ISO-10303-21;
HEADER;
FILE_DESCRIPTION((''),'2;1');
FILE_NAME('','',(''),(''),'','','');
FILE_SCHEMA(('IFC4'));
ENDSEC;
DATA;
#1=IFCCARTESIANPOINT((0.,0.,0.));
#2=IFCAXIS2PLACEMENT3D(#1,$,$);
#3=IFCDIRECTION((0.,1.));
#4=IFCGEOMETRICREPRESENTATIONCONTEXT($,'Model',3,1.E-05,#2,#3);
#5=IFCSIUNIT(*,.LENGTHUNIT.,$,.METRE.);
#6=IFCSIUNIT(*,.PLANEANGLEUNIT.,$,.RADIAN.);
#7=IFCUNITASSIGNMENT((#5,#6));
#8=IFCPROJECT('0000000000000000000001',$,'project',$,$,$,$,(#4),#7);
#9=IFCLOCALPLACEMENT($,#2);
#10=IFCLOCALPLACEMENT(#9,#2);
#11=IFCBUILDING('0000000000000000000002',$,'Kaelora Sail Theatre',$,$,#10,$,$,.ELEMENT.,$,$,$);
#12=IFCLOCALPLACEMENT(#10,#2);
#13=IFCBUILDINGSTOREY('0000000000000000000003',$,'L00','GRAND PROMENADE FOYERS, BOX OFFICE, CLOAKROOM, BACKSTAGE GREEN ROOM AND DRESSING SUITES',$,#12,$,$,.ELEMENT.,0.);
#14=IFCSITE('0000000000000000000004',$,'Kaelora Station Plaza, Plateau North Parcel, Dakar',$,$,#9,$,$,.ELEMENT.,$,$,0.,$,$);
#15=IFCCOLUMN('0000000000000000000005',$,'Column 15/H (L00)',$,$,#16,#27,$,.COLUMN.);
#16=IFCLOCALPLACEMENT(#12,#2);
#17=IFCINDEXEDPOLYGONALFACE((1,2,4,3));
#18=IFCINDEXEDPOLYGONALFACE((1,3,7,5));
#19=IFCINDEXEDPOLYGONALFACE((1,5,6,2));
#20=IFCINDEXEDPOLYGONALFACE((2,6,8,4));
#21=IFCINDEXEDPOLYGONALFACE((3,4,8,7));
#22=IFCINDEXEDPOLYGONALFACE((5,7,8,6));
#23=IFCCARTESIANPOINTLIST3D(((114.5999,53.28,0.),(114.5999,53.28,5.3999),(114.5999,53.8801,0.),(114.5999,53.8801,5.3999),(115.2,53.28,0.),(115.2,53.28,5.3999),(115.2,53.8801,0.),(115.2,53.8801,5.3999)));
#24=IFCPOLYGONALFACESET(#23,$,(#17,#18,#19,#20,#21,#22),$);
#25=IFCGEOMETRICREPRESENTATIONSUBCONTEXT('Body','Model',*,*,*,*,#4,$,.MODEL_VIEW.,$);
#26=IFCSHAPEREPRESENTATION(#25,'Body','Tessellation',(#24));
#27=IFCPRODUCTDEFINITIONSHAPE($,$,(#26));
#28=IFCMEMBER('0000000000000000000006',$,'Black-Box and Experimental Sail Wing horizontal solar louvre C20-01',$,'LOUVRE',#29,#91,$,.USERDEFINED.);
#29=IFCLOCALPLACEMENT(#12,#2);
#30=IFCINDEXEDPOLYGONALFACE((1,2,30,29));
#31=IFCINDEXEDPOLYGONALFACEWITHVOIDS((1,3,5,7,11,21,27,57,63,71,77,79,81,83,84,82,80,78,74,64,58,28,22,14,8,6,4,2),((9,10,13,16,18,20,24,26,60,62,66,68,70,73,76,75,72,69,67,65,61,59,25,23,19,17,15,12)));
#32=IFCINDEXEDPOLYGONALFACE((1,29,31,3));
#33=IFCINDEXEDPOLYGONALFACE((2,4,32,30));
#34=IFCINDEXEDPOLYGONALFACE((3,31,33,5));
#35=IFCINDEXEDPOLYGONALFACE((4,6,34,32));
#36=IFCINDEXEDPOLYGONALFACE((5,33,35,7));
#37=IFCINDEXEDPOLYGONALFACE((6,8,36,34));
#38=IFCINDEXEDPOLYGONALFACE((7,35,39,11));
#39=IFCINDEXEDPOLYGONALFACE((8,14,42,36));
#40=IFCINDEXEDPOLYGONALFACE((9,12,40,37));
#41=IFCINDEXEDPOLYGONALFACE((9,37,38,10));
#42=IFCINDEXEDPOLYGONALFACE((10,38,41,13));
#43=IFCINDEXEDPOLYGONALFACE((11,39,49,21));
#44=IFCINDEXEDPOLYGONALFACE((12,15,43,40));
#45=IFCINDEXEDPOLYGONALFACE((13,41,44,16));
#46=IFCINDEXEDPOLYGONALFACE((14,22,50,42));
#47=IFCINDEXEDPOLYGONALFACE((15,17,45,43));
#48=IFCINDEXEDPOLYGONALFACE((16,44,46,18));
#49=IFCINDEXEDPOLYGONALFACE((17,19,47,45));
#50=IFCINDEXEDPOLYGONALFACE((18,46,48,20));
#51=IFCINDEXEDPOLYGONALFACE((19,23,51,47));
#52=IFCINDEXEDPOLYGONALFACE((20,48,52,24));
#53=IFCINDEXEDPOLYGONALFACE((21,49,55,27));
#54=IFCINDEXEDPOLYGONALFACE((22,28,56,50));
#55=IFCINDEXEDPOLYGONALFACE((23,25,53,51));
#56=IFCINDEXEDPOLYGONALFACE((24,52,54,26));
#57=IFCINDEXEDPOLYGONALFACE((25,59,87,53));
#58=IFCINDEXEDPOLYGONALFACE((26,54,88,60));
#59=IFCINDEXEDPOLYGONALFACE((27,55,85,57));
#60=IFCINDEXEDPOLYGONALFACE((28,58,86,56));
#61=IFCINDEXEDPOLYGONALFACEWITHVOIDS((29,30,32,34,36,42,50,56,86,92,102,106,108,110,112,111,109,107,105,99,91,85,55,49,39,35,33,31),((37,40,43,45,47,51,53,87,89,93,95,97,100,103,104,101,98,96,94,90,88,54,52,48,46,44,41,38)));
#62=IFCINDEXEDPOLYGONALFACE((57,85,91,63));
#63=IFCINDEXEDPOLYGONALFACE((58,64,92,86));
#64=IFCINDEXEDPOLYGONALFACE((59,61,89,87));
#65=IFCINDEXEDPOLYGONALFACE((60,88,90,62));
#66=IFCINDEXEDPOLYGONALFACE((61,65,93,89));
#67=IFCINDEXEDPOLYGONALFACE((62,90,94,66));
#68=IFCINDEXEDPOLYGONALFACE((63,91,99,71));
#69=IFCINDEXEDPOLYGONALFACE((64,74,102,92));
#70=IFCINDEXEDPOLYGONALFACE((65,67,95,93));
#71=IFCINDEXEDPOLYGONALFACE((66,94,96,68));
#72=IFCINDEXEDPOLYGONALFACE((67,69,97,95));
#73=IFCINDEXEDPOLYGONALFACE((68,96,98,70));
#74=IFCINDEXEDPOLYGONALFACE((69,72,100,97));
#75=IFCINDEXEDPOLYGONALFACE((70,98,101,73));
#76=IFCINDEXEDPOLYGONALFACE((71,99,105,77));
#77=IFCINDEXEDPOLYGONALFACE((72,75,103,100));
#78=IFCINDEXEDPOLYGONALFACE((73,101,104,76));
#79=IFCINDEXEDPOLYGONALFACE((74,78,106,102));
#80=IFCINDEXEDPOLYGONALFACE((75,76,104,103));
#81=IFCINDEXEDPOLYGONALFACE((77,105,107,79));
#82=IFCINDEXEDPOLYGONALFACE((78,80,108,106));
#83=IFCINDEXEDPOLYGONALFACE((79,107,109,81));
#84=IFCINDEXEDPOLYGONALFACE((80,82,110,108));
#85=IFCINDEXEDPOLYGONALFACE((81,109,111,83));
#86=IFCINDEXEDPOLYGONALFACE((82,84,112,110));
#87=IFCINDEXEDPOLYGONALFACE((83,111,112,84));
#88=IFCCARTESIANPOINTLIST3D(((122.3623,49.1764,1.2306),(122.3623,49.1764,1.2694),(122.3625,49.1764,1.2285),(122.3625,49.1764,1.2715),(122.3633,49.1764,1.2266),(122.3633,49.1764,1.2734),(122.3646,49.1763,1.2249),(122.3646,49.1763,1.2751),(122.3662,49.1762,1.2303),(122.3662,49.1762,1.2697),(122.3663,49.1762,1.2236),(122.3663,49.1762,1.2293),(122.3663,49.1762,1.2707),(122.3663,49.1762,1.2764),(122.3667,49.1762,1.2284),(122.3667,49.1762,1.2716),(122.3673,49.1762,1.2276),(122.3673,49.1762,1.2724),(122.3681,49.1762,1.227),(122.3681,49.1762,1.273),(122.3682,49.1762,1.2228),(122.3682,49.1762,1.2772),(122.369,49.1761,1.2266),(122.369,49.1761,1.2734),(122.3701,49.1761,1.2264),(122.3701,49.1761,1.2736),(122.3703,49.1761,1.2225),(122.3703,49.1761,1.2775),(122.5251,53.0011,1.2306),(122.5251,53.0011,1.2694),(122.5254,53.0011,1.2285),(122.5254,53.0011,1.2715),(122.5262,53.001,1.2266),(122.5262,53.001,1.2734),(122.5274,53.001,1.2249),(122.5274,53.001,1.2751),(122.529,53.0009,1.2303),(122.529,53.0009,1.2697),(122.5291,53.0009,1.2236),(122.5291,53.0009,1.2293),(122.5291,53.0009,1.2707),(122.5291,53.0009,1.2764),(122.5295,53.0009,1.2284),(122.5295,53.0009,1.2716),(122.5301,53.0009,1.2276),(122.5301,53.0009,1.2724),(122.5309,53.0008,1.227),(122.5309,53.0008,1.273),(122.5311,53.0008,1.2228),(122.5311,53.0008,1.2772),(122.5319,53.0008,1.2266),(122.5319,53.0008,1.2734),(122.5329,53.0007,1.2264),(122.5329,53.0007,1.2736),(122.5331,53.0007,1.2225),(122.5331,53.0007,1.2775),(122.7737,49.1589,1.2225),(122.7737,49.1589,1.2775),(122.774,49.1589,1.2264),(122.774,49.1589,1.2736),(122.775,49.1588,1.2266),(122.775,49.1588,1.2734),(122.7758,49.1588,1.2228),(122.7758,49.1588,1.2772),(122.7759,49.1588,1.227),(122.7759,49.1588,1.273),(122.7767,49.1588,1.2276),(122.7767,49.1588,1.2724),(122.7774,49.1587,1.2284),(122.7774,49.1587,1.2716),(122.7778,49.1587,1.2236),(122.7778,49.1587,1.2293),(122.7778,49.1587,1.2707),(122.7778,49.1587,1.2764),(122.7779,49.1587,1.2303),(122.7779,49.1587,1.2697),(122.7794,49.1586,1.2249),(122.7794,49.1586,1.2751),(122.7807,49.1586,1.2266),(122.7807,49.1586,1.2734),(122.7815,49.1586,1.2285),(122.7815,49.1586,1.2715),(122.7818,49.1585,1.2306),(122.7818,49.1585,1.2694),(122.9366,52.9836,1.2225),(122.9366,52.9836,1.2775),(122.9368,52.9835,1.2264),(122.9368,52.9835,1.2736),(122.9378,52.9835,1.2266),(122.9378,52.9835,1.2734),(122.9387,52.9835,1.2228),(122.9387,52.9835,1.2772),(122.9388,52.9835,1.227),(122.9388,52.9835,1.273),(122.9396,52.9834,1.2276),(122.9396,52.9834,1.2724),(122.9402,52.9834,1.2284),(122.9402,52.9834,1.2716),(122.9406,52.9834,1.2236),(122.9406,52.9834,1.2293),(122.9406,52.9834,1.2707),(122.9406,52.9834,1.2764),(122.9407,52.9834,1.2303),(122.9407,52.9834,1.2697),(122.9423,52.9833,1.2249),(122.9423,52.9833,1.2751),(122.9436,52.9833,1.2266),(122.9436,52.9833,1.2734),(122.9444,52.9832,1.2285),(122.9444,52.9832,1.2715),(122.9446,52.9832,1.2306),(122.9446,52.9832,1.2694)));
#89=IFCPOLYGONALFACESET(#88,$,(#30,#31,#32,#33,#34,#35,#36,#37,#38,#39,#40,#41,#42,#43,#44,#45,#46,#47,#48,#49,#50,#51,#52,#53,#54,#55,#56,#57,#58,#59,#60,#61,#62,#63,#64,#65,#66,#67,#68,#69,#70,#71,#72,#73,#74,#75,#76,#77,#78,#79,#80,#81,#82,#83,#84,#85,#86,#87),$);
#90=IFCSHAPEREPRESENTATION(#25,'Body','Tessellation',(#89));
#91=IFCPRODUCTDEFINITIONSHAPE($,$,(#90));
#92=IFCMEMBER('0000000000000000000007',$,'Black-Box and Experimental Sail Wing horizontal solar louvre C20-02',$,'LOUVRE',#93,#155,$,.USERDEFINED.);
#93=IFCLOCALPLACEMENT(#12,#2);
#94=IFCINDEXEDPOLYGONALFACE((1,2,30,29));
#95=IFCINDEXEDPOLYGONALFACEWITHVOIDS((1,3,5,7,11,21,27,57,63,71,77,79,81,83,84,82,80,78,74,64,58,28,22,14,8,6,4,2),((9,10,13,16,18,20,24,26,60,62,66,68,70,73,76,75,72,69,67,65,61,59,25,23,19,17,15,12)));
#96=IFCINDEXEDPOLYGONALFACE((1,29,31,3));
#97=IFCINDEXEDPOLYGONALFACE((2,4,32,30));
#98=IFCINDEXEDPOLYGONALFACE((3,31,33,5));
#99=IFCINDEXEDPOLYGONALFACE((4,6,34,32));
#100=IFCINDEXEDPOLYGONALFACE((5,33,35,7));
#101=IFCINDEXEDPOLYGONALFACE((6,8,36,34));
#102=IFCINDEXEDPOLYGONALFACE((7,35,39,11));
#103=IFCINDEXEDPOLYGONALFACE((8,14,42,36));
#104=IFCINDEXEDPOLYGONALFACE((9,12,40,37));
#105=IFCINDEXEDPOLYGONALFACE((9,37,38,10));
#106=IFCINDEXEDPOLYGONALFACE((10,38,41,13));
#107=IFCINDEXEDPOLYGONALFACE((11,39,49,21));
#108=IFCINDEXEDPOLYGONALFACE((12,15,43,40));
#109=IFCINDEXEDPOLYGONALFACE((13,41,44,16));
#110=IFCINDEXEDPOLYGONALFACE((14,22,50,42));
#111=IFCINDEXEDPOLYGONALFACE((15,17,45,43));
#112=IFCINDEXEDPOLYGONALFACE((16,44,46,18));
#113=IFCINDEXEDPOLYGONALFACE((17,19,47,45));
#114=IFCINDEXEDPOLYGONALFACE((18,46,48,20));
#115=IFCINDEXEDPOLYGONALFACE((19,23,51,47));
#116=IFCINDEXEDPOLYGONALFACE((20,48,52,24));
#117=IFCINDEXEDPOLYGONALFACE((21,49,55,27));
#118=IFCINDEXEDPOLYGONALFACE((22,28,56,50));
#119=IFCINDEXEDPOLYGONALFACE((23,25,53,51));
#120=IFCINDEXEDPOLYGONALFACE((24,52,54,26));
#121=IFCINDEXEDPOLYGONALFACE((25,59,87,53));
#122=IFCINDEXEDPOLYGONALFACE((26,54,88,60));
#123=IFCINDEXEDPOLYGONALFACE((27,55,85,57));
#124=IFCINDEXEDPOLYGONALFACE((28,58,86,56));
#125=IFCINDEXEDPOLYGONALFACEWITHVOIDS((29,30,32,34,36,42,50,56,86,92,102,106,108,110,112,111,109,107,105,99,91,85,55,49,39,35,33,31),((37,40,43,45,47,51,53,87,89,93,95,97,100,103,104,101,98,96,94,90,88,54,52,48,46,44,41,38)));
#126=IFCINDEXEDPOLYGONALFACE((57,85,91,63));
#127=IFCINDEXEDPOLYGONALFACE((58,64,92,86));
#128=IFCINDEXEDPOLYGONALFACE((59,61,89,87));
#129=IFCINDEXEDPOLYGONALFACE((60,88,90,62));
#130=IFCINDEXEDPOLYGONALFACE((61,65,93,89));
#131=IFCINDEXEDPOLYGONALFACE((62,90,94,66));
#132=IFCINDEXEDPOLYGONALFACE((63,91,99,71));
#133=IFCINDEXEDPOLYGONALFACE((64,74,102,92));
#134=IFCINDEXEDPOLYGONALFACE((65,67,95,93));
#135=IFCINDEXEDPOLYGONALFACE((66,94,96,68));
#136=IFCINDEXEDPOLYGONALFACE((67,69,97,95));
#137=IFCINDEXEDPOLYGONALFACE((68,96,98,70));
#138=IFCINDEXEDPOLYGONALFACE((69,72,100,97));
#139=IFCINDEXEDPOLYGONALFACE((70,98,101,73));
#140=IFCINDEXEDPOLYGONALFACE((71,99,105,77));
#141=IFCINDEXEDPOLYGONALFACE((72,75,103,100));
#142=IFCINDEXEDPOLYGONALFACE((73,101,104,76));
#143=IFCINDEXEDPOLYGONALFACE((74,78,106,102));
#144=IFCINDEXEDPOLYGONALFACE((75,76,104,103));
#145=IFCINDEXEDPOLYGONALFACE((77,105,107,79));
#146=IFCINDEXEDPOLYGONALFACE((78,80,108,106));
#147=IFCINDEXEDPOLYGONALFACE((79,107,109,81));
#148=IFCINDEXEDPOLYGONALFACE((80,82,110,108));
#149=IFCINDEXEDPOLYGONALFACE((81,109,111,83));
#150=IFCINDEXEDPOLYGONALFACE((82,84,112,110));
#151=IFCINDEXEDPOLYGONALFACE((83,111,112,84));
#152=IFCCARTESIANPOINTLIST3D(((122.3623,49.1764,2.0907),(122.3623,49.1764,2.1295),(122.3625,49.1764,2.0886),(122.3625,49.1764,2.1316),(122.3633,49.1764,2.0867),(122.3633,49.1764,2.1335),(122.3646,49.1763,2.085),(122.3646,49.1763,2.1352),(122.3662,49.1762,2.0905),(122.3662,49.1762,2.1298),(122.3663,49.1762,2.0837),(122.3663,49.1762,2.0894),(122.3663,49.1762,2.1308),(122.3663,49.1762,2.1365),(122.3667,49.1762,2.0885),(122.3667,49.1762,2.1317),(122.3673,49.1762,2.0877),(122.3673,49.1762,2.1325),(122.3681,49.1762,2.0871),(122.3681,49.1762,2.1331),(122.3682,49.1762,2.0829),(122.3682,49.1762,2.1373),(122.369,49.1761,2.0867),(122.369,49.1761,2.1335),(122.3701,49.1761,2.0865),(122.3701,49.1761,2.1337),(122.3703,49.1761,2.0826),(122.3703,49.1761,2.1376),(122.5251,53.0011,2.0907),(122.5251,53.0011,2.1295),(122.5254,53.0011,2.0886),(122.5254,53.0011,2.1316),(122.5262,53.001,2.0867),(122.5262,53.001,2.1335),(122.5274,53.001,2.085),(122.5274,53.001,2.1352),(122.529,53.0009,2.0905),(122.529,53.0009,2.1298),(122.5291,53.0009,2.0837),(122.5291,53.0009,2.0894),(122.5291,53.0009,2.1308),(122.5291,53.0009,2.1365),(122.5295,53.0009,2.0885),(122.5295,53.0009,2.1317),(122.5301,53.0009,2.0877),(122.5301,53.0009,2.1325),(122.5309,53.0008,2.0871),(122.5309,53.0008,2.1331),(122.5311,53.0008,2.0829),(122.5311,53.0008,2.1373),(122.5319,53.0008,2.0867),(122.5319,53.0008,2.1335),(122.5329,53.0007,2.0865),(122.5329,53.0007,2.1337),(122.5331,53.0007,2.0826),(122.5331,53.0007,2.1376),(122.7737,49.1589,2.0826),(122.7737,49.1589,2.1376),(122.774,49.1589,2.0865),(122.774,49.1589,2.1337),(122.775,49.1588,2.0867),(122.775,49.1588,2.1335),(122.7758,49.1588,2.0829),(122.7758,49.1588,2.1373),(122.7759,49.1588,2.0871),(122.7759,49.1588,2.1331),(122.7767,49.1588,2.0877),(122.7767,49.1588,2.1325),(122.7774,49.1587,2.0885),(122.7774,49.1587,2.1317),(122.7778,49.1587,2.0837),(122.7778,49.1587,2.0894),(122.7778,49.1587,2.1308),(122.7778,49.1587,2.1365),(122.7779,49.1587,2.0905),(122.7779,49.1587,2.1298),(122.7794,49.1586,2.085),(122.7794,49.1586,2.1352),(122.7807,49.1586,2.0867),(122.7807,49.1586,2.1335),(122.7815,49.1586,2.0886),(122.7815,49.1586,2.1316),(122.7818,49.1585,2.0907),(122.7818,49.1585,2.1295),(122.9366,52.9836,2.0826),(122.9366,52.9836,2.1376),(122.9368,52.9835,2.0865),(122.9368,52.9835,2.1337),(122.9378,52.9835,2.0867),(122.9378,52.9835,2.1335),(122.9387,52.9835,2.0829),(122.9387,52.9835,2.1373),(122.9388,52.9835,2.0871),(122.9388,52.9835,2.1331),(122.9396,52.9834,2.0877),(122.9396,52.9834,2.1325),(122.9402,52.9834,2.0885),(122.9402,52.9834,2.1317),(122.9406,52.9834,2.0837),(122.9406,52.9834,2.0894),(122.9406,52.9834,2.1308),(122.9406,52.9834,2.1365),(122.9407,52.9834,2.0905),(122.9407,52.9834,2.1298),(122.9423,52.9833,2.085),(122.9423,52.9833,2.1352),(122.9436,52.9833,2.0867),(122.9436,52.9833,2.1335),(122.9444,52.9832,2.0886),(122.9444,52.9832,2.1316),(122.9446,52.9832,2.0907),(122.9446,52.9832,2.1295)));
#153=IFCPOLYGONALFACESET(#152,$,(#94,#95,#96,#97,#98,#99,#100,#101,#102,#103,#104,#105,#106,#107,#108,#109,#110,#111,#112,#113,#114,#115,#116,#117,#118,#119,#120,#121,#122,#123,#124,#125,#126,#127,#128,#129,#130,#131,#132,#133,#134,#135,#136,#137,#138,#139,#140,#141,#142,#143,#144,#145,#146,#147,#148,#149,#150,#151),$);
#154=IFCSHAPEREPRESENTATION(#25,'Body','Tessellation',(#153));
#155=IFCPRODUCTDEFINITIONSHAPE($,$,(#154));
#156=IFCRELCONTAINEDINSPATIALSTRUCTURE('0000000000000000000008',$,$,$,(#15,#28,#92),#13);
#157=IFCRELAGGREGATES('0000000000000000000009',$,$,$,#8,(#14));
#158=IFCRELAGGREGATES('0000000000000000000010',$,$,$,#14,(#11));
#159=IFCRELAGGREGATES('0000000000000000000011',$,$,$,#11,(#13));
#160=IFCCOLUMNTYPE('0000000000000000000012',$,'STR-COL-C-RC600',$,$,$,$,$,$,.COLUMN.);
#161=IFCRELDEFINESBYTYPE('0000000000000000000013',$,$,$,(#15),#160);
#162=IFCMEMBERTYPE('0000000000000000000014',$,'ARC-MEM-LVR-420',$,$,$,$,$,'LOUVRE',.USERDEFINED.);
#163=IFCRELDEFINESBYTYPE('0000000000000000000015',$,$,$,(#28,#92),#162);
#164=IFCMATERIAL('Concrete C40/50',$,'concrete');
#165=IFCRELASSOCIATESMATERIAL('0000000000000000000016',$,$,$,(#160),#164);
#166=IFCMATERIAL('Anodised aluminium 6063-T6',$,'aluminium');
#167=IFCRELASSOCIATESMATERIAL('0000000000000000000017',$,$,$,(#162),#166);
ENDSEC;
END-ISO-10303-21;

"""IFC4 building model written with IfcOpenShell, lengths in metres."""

from ifc_helpers import new_model, si_unit, direction, frame, origin, origin_2d, place, context, subcontext, project, spatial, rectangle, hollow_rectangle, extrude, material, material_profile, profile_set, type_object, element, save


model = new_model("IFC4")

# Units and contexts
model_context = context("Model", 3, precision=1e-05, world=origin(), true_north=direction((0.0, 1.0)))
body_context = subcontext(model_context, "Body", "Model", "MODEL_VIEW")
ifc_project = project(units=[si_unit("LENGTHUNIT", "METRE"), si_unit("PLANEANGLEUNIT", "RADIAN")], contexts=[model_context])

# Site, building, storey
site_placement = place(None, origin())
site = spatial("IfcSite", under=ifc_project, at=site_placement, Name="Kaelora Station Plaza, Plateau North Parcel, Dakar", CompositionType="ELEMENT", RefElevation=0.0)
building_placement = place(site_placement, origin())
building = spatial("IfcBuilding", under=site, at=building_placement, Name="Kaelora Sail Theatre", CompositionType="ELEMENT")
storey_placement = place(building_placement, origin())
storey = spatial("IfcBuildingStorey", under=building, at=storey_placement, Name="L00", Description="GRAND PROMENADE FOYERS, BOX OFFICE, CLOAKROOM, BACKSTAGE GREEN ROOM AND DRESSING SUITES", CompositionType="ELEMENT", Elevation=0.0)

# Column
ifc_material_1 = material(Name="Concrete C40/50", Category="concrete")
ifc_material_profile_1 = material_profile(ifc_material_1, rectangle(XDim=0.6001, YDim=0.6001, at=origin_2d()), Name="RC-COL 600x600")
ifc_profile_set_1 = profile_set([ifc_material_profile_1], Name="Concrete C40/50")
column_type = type_object("IfcColumnType", Name="STR-COL-C-RC600", PredefinedType="COLUMN", material=ifc_profile_set_1)
column_placement = place(storey_placement, frame((114.8999, 53.5801, 0.0), z_axis=(0.0, 0.0, 1.0), x_axis=(1.0, 0.0, 0.0)))
element("IfcColumn", 1, at=column_placement, inside=storey, type_object=column_type, Name="Column 15/H (L00)", PredefinedType="COLUMN", context=body_context, shape_type="SweptSolid", body=[
    extrude(rectangle(XDim=0.6001, YDim=0.6001, at=origin_2d()), origin(), (0.0, 0.0, 1.0), 5.3999),
])

# Members
ifc_material_2 = material(Name="Anodised aluminium 6063-T6", Category="aluminium")
ifc_material_profile_2 = material_profile(ifc_material_2, hollow_rectangle(XDim=0.4199, YDim=0.0549, WallThickness=0.0039, InnerFilletRadius=0.0039, OuterFilletRadius=0.0081, at=origin_2d()), Name="LOUVRE 420x55x4")
ifc_profile_set_2 = profile_set([ifc_material_profile_2], Name="Anodised aluminium 6063-T6")
member_type_1 = type_object("IfcMemberType", Name="ARC-MEM-LVR-420", ElementType="LOUVRE", PredefinedType="USERDEFINED", material=ifc_profile_set_2)
for number, where, z_axis, x_axis, name in (
    (2, (122.572, 49.1675, 1.25), (0.042538, 0.999095, 0.0), (-0.999095, 0.042538, 0.0), "Black-Box and Experimental Sail Wing horizontal solar louvre C20-01"),
    (3, (122.572, 49.1675, 2.1101), (0.042538, 0.999095, 0.0), (-0.999095, 0.042538, 0.0), "Black-Box and Experimental Sail Wing horizontal solar louvre C20-02"),
):
    element("IfcMember", number, at=place(storey_placement, frame(where, z_axis=z_axis, x_axis=x_axis)), inside=storey, type_object=member_type_1, Name=name, ObjectType="LOUVRE", PredefinedType="USERDEFINED", context=body_context, shape_type="SweptSolid", body=[
        extrude(hollow_rectangle(XDim=0.4199, YDim=0.0549, WallThickness=0.0039, InnerFilletRadius=0.0039, OuterFilletRadius=0.0081, at=origin_2d()), origin(), (0.0, 0.0, 1.0), 3.8281),
    ])

save(model, "model.ifc")
